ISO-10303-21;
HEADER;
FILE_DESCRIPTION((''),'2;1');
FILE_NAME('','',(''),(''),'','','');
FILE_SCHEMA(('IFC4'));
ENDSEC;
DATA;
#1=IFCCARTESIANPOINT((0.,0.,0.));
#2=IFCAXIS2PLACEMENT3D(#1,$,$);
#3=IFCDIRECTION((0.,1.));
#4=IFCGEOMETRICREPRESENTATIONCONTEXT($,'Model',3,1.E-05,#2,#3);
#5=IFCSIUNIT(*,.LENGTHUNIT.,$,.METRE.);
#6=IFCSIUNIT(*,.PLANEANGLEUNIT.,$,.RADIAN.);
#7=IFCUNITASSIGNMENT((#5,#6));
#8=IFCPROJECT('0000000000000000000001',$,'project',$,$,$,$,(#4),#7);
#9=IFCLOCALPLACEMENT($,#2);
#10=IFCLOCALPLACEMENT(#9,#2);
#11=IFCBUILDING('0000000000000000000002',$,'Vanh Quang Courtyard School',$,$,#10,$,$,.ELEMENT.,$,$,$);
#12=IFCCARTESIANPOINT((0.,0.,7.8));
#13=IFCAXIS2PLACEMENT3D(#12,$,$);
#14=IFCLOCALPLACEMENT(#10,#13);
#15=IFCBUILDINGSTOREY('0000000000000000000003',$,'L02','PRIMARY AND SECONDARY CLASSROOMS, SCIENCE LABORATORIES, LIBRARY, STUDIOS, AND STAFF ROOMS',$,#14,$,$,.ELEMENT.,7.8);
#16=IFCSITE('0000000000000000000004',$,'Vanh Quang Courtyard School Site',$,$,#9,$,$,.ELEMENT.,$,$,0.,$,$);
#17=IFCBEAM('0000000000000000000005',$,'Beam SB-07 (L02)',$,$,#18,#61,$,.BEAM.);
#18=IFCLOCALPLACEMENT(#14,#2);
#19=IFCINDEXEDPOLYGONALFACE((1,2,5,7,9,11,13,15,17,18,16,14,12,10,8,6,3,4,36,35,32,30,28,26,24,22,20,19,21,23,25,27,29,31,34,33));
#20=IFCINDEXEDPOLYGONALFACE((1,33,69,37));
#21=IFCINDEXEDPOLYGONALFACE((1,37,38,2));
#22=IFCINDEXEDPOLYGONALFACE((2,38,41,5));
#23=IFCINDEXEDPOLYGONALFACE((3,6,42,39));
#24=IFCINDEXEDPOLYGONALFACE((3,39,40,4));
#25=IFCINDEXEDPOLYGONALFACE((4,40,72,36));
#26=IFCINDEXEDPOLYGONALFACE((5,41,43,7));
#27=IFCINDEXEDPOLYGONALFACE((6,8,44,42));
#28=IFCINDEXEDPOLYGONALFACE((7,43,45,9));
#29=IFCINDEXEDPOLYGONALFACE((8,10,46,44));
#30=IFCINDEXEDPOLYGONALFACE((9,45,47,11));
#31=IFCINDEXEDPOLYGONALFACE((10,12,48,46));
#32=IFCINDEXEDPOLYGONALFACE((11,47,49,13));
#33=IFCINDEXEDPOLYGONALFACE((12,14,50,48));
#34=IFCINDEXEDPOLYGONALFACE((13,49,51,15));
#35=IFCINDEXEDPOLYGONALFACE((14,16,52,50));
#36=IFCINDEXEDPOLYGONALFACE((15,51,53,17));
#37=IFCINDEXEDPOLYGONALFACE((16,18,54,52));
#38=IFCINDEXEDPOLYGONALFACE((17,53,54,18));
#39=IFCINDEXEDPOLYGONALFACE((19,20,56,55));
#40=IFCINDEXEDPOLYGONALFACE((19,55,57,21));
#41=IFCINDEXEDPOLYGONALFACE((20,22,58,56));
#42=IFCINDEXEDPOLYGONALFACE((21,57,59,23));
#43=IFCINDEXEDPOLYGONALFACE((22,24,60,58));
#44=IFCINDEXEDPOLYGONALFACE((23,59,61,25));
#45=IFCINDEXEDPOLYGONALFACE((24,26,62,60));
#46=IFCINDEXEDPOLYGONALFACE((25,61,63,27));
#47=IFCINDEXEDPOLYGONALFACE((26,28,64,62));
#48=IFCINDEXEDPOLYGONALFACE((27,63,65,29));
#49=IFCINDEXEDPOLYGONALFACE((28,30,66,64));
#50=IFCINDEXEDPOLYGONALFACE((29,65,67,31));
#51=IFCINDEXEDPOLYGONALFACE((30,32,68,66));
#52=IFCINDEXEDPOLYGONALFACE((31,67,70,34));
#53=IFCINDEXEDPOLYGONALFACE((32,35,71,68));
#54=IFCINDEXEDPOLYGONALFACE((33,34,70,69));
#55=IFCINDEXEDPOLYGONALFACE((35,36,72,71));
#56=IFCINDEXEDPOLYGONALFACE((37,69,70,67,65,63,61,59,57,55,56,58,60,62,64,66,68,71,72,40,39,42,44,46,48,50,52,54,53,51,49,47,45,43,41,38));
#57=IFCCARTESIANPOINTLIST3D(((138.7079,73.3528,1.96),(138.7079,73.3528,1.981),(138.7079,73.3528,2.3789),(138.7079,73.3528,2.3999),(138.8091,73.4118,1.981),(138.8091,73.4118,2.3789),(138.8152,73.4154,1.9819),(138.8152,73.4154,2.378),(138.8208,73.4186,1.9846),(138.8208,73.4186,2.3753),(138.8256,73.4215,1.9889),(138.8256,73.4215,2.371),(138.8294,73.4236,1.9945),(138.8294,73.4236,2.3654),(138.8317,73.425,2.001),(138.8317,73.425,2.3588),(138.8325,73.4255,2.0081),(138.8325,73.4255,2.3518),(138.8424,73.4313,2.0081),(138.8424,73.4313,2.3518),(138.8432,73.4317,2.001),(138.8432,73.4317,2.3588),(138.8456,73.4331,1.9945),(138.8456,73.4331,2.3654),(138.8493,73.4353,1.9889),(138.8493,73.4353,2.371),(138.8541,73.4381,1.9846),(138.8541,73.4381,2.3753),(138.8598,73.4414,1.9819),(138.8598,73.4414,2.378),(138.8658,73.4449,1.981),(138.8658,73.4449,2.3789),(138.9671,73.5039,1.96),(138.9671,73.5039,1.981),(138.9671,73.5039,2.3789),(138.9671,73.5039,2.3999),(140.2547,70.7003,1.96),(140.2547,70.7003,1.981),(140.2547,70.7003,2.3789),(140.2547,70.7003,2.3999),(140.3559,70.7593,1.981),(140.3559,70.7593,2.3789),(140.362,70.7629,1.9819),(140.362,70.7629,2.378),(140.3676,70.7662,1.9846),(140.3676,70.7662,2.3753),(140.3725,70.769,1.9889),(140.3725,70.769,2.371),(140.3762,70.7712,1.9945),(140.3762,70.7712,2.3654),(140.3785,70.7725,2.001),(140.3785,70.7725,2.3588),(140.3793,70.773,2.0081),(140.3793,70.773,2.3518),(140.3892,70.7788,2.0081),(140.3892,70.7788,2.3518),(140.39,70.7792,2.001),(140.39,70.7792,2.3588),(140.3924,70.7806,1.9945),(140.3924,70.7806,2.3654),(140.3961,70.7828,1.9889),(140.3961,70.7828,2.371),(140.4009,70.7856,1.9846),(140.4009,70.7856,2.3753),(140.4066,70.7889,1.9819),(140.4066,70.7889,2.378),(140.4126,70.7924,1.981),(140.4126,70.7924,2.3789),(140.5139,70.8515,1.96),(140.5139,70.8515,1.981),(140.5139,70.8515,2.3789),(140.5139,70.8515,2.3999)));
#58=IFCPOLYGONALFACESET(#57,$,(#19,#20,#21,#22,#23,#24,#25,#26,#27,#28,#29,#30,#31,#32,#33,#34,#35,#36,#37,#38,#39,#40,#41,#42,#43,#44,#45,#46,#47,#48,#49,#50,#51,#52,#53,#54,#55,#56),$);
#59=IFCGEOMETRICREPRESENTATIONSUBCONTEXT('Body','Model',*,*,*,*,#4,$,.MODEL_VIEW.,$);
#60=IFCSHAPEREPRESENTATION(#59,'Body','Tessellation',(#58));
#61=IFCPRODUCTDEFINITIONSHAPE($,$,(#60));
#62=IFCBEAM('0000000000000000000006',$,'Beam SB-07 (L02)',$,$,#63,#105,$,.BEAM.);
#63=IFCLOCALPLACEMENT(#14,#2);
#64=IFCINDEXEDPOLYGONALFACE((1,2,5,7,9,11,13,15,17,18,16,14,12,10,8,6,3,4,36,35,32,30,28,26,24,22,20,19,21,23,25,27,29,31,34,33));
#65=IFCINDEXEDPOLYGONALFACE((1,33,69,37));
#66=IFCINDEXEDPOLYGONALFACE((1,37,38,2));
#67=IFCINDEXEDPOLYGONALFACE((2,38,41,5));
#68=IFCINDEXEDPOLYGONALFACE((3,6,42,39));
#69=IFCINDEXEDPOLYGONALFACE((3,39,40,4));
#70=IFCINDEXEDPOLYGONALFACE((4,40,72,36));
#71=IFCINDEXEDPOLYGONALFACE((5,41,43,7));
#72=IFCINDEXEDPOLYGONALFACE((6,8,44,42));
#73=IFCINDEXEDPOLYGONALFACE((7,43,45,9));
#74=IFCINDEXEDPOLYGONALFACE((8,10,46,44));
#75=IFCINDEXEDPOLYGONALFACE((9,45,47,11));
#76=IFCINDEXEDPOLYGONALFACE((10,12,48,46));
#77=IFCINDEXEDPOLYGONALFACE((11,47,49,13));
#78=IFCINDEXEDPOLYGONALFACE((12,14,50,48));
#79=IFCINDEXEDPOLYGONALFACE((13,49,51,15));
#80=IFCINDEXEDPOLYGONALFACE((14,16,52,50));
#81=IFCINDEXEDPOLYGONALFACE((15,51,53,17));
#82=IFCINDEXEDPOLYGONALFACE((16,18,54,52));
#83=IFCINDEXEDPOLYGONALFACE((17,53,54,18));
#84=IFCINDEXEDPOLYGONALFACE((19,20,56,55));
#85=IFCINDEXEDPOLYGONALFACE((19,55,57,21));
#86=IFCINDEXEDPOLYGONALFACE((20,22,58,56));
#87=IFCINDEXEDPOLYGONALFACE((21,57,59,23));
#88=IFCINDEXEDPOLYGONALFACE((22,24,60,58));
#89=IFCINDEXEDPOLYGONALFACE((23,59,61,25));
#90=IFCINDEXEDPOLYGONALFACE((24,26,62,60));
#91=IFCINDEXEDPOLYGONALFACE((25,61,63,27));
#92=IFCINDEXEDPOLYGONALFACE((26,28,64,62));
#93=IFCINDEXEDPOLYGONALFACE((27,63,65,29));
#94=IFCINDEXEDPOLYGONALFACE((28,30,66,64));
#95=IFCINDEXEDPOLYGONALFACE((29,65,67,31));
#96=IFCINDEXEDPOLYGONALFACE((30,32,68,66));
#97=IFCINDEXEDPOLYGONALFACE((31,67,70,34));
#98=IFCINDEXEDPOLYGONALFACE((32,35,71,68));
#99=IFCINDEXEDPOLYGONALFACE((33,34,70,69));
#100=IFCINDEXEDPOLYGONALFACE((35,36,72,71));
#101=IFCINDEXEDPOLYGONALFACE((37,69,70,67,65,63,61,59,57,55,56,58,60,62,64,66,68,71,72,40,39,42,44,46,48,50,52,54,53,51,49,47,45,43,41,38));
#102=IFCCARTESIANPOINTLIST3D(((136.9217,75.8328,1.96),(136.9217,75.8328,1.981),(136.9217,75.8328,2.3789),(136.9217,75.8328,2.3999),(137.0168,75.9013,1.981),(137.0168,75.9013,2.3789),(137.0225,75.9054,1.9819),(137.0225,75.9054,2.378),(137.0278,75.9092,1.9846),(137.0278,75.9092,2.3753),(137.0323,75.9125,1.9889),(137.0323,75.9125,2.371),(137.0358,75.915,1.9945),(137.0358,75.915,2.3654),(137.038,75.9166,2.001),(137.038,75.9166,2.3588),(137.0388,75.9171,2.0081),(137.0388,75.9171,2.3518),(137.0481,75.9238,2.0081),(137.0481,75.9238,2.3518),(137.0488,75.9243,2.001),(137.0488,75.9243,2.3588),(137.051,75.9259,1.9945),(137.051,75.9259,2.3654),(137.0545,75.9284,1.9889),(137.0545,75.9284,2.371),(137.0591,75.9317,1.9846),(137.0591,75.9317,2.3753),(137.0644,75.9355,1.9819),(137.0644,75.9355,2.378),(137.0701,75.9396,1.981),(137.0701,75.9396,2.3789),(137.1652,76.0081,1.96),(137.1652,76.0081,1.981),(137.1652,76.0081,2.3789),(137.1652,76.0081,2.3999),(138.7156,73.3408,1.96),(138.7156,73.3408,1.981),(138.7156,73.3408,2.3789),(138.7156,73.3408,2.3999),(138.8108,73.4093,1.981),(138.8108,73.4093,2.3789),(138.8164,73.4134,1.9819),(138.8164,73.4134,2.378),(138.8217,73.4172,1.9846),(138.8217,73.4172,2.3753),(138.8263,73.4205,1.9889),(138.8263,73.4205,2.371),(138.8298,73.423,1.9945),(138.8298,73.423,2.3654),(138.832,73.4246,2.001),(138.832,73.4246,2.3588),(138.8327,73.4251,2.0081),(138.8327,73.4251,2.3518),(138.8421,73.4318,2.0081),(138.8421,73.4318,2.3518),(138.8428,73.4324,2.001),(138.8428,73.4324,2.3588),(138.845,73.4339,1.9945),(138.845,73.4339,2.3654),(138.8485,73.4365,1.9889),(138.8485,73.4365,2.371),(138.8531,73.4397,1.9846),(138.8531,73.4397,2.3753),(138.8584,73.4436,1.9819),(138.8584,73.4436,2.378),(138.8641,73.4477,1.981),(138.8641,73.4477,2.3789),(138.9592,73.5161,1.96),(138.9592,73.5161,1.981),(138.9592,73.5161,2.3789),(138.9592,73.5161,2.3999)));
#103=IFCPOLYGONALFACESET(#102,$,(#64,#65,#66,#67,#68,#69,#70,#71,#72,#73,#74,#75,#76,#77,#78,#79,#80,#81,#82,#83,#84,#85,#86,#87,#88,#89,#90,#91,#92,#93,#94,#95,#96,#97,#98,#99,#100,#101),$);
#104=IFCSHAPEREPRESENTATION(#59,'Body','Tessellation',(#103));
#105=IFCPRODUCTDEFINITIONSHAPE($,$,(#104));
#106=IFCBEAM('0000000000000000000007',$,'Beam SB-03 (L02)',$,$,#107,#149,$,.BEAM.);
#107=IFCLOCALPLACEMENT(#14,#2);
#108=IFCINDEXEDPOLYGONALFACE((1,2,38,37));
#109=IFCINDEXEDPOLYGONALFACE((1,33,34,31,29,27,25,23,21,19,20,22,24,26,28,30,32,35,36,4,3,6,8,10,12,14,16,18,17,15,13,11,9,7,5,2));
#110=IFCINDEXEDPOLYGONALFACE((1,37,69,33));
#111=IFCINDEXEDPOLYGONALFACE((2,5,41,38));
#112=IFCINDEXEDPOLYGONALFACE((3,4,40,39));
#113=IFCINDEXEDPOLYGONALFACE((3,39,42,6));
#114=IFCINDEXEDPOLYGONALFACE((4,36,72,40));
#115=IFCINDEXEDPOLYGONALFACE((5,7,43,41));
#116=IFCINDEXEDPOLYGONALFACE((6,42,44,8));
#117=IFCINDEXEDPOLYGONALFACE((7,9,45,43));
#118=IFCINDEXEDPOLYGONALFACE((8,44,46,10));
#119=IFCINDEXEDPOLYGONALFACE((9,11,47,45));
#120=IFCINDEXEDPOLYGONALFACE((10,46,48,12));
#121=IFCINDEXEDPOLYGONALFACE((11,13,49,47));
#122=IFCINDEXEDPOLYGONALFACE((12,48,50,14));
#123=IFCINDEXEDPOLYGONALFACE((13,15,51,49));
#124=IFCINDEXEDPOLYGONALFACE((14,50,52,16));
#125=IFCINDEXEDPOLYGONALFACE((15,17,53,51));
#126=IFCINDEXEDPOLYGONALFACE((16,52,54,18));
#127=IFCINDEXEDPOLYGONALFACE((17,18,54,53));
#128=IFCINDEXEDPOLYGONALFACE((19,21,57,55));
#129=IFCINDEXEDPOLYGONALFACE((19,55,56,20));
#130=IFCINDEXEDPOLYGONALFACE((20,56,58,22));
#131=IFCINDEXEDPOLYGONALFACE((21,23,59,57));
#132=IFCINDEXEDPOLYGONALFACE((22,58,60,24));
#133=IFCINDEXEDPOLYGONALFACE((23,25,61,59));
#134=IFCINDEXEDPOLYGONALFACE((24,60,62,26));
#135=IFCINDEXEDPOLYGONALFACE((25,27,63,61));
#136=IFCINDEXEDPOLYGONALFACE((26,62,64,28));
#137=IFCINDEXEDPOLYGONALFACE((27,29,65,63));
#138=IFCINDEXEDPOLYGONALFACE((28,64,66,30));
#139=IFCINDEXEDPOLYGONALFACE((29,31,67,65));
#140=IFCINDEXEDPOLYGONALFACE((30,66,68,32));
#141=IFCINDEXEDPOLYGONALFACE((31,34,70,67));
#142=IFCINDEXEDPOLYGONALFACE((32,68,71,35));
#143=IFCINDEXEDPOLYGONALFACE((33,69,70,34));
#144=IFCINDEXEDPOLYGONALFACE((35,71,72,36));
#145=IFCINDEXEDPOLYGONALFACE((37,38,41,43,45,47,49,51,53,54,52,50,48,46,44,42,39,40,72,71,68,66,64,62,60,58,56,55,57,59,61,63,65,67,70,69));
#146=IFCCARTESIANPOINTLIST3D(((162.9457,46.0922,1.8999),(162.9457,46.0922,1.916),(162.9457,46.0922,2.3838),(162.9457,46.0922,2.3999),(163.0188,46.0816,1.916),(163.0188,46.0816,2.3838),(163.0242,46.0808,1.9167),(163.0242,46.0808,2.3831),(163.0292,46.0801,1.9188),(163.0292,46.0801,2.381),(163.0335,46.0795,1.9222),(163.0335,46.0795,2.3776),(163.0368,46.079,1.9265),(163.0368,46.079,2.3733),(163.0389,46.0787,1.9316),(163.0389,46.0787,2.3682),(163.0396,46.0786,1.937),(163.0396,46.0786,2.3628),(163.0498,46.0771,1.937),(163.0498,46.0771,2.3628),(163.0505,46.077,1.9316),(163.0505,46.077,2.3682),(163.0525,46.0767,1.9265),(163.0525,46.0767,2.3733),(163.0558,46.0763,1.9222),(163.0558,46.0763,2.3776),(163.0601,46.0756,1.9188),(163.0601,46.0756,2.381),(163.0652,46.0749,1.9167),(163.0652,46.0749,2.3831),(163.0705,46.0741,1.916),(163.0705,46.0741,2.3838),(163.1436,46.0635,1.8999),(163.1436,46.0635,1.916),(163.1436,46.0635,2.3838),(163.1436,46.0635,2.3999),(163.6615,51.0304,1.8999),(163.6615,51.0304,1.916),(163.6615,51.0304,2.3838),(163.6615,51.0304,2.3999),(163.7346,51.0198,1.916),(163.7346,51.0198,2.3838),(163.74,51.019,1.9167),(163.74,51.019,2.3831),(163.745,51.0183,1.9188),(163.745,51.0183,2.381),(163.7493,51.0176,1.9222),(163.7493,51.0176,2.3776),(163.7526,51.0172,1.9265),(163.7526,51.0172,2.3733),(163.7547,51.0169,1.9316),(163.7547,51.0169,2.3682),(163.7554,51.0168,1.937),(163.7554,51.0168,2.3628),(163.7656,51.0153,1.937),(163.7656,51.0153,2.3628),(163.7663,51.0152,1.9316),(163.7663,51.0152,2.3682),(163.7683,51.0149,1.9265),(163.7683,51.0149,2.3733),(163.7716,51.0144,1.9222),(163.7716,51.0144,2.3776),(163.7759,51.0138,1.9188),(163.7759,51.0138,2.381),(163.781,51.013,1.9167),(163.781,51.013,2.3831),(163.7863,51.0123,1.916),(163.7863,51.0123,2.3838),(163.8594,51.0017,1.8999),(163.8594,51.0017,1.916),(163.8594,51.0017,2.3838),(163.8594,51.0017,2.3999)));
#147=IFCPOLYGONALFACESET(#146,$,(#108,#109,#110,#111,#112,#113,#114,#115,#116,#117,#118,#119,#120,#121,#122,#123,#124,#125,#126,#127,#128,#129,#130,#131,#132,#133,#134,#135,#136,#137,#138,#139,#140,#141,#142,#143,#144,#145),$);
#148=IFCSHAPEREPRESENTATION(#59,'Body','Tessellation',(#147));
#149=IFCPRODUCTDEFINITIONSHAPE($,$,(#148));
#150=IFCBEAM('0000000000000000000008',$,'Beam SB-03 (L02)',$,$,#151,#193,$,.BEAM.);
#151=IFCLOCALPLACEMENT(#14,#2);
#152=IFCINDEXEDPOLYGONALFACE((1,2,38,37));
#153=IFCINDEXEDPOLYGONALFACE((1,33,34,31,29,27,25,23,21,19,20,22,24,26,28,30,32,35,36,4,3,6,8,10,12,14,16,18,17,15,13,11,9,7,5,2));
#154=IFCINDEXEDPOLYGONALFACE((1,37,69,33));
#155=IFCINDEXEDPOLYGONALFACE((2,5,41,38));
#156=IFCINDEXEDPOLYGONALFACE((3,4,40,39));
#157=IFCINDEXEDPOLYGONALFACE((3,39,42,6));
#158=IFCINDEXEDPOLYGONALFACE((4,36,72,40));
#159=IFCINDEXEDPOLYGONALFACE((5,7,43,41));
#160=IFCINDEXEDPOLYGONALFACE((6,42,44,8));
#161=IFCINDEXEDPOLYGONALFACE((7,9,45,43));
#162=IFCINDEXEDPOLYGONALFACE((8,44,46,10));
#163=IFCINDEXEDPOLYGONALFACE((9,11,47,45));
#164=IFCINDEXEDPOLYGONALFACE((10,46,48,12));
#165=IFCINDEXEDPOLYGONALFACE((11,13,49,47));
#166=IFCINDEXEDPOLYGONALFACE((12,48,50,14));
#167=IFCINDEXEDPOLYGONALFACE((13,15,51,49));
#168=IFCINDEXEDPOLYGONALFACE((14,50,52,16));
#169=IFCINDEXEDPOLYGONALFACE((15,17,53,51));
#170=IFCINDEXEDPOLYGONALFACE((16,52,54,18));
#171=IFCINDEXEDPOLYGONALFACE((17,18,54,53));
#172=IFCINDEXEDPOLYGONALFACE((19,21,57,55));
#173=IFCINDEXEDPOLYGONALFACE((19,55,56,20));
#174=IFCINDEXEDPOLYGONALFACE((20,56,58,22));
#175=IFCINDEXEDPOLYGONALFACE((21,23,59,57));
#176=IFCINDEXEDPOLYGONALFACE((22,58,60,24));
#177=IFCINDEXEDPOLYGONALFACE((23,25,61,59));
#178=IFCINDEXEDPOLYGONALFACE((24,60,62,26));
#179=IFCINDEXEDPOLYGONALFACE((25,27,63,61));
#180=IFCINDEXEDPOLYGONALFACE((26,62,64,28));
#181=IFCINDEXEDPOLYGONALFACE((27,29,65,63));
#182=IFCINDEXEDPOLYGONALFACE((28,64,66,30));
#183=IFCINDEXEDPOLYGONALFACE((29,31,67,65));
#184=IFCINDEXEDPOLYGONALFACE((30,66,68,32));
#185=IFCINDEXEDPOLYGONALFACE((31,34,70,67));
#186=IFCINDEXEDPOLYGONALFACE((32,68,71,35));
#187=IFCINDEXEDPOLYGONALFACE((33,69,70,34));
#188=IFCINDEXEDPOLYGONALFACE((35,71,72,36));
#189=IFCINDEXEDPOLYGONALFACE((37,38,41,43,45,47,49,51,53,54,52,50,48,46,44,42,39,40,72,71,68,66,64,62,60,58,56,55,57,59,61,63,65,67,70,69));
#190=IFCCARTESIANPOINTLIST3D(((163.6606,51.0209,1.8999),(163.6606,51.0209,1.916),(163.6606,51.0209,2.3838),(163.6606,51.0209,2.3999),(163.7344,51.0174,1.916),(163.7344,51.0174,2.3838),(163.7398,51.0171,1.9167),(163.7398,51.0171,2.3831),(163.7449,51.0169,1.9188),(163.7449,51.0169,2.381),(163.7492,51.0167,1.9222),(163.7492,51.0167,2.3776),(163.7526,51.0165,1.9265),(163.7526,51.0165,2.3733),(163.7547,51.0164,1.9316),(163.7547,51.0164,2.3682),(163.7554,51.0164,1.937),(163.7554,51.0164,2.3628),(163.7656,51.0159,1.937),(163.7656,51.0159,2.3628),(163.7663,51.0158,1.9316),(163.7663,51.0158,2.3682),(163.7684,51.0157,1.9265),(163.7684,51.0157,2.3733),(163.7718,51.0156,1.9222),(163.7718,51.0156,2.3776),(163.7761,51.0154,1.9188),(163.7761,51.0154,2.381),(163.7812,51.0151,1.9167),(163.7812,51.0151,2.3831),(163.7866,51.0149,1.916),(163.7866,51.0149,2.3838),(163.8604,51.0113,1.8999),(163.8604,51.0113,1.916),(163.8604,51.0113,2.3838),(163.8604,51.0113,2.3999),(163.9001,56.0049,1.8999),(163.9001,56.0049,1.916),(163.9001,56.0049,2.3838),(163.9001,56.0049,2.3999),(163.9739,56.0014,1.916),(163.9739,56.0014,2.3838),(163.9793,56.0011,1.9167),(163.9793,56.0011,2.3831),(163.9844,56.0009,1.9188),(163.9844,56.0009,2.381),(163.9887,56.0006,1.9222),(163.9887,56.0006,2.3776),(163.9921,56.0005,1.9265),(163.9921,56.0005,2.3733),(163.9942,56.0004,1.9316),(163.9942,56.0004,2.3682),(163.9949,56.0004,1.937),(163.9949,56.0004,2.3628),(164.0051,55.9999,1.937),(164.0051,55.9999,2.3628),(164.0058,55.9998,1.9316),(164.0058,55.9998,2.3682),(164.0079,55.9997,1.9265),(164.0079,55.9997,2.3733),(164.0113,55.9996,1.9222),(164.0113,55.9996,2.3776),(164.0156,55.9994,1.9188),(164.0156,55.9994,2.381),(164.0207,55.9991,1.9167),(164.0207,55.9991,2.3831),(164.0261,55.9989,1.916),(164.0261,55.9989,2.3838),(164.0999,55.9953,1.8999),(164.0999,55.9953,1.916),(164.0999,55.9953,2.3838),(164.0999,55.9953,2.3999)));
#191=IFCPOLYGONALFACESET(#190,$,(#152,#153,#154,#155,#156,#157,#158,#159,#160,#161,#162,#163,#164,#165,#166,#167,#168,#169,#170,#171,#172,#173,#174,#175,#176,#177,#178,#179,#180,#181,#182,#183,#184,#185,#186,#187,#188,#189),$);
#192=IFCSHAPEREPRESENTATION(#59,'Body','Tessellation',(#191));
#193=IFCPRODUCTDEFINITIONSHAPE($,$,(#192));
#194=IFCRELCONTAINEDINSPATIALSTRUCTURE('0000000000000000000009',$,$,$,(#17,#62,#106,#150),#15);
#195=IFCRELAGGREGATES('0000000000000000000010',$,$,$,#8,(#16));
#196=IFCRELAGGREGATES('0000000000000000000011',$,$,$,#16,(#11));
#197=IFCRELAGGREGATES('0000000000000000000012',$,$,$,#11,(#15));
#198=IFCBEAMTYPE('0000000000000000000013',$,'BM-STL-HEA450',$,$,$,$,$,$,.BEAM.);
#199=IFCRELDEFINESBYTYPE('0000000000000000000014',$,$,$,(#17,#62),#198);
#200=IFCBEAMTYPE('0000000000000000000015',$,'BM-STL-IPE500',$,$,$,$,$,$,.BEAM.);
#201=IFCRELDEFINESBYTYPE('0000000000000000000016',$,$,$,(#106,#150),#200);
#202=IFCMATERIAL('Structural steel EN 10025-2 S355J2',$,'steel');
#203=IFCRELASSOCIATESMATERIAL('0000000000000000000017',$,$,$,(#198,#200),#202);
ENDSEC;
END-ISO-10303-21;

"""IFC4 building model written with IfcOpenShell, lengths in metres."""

from ifc_helpers import new_model, si_unit, direction, frame, origin, origin_2d, place, context, subcontext, project, spatial, i_section, extrude, material, material_profile, profile_set, type_object, element, save


model = new_model("IFC4")

# Units and contexts
model_context = context("Model", 3, precision=1e-05, world=origin(), true_north=direction((0.0, 1.0)))
body_context = subcontext(model_context, "Body", "Model", "MODEL_VIEW")
ifc_project = project(units=[si_unit("LENGTHUNIT", "METRE"), si_unit("PLANEANGLEUNIT", "RADIAN")], contexts=[model_context])

# Site, building, storey
site_placement = place(None, origin())
site = spatial("IfcSite", under=ifc_project, at=site_placement, Name="Vanh Quang Courtyard School Site", CompositionType="ELEMENT", RefElevation=0.0)
building_placement = place(site_placement, origin())
building = spatial("IfcBuilding", under=site, at=building_placement, Name="Vanh Quang Courtyard School", CompositionType="ELEMENT")
storey_placement = place(building_placement, frame((0.0, 0.0, 7.8)))
storey = spatial("IfcBuildingStorey", under=building, at=storey_placement, Name="L02", Description="PRIMARY AND SECONDARY CLASSROOMS, SCIENCE LABORATORIES, LIBRARY, STUDIOS, AND STAFF ROOMS", CompositionType="ELEMENT", Elevation=7.8)

# Beams
ifc_material_1 = material(Name="Structural steel EN 10025-2 S355J2", Category="steel")
ifc_material_profile_1 = material_profile(ifc_material_1, i_section(OverallWidth=0.3, OverallDepth=0.4399, WebThickness=0.0115, FlangeThickness=0.021, FilletRadius=0.0271, at=origin_2d()), Name="HEA 450")
ifc_profile_set_1 = profile_set([ifc_material_profile_1], Name="Structural steel EN 10025-2 S355J2")
beam_type_1 = type_object("IfcBeamType", Name="BM-STL-HEA450", PredefinedType="BEAM", material=ifc_profile_set_1)
for number, where, z_axis, x_axis, name in (
    (1, (140.3843, 70.7759, 2.1799), (-0.503757, 0.863845, 0.0), (-0.863845, -0.503757, 0.0), "Beam SB-07 (L02)"),
    (2, (138.8374, 73.4285, 2.1799), (-0.58425, 0.811574, 0.0), (-0.811574, -0.58425, 0.0), "Beam SB-07 (L02)"),
):
    element("IfcBeam", number, at=place(storey_placement, frame(where, z_axis=z_axis, x_axis=x_axis)), inside=storey, type_object=beam_type_1, Name=name, PredefinedType="BEAM", context=body_context, shape_type="SweptSolid", body=[
        extrude(i_section(OverallWidth=0.3, OverallDepth=0.4399, WebThickness=0.0115, FlangeThickness=0.021, FilletRadius=0.0271, at=origin_2d()), origin(), (0.0, 0.0, 1.0), 3.0706),
    ])
ifc_material_profile_2 = material_profile(ifc_material_1, i_section(OverallWidth=0.2, OverallDepth=0.5, WebThickness=0.0103, FlangeThickness=0.0161, FilletRadius=0.021, at=origin_2d()), Name="IPE 500")
ifc_profile_set_2 = profile_set([ifc_material_profile_2], Name="Structural steel EN 10025-2 S355J2")
beam_type_2 = type_object("IfcBeamType", Name="BM-STL-IPE500", PredefinedType="BEAM", material=ifc_profile_set_2)
for number, where, z_axis, x_axis, name in (
    (3, (163.0447, 46.0779, 2.1499), (0.143455, 0.989657, 0.0), (-0.989657, 0.143455, 0.0), "Beam SB-03 (L02)"),
    (4, (163.7605, 51.0161, 2.1499), (0.048, 0.998847, 0.0), (-0.998847, 0.048, 0.0), "Beam SB-03 (L02)"),
):
    element("IfcBeam", number, at=place(storey_placement, frame(where, z_axis=z_axis, x_axis=x_axis)), inside=storey, type_object=beam_type_2, Name=name, PredefinedType="BEAM", context=body_context, shape_type="SweptSolid", body=[
        extrude(i_section(OverallWidth=0.2, OverallDepth=0.5, WebThickness=0.0103, FlangeThickness=0.0161, FilletRadius=0.021, at=origin_2d()), origin(), (0.0, 0.0, 1.0), 4.9897),
    ])

save(model, "model.ifc")
